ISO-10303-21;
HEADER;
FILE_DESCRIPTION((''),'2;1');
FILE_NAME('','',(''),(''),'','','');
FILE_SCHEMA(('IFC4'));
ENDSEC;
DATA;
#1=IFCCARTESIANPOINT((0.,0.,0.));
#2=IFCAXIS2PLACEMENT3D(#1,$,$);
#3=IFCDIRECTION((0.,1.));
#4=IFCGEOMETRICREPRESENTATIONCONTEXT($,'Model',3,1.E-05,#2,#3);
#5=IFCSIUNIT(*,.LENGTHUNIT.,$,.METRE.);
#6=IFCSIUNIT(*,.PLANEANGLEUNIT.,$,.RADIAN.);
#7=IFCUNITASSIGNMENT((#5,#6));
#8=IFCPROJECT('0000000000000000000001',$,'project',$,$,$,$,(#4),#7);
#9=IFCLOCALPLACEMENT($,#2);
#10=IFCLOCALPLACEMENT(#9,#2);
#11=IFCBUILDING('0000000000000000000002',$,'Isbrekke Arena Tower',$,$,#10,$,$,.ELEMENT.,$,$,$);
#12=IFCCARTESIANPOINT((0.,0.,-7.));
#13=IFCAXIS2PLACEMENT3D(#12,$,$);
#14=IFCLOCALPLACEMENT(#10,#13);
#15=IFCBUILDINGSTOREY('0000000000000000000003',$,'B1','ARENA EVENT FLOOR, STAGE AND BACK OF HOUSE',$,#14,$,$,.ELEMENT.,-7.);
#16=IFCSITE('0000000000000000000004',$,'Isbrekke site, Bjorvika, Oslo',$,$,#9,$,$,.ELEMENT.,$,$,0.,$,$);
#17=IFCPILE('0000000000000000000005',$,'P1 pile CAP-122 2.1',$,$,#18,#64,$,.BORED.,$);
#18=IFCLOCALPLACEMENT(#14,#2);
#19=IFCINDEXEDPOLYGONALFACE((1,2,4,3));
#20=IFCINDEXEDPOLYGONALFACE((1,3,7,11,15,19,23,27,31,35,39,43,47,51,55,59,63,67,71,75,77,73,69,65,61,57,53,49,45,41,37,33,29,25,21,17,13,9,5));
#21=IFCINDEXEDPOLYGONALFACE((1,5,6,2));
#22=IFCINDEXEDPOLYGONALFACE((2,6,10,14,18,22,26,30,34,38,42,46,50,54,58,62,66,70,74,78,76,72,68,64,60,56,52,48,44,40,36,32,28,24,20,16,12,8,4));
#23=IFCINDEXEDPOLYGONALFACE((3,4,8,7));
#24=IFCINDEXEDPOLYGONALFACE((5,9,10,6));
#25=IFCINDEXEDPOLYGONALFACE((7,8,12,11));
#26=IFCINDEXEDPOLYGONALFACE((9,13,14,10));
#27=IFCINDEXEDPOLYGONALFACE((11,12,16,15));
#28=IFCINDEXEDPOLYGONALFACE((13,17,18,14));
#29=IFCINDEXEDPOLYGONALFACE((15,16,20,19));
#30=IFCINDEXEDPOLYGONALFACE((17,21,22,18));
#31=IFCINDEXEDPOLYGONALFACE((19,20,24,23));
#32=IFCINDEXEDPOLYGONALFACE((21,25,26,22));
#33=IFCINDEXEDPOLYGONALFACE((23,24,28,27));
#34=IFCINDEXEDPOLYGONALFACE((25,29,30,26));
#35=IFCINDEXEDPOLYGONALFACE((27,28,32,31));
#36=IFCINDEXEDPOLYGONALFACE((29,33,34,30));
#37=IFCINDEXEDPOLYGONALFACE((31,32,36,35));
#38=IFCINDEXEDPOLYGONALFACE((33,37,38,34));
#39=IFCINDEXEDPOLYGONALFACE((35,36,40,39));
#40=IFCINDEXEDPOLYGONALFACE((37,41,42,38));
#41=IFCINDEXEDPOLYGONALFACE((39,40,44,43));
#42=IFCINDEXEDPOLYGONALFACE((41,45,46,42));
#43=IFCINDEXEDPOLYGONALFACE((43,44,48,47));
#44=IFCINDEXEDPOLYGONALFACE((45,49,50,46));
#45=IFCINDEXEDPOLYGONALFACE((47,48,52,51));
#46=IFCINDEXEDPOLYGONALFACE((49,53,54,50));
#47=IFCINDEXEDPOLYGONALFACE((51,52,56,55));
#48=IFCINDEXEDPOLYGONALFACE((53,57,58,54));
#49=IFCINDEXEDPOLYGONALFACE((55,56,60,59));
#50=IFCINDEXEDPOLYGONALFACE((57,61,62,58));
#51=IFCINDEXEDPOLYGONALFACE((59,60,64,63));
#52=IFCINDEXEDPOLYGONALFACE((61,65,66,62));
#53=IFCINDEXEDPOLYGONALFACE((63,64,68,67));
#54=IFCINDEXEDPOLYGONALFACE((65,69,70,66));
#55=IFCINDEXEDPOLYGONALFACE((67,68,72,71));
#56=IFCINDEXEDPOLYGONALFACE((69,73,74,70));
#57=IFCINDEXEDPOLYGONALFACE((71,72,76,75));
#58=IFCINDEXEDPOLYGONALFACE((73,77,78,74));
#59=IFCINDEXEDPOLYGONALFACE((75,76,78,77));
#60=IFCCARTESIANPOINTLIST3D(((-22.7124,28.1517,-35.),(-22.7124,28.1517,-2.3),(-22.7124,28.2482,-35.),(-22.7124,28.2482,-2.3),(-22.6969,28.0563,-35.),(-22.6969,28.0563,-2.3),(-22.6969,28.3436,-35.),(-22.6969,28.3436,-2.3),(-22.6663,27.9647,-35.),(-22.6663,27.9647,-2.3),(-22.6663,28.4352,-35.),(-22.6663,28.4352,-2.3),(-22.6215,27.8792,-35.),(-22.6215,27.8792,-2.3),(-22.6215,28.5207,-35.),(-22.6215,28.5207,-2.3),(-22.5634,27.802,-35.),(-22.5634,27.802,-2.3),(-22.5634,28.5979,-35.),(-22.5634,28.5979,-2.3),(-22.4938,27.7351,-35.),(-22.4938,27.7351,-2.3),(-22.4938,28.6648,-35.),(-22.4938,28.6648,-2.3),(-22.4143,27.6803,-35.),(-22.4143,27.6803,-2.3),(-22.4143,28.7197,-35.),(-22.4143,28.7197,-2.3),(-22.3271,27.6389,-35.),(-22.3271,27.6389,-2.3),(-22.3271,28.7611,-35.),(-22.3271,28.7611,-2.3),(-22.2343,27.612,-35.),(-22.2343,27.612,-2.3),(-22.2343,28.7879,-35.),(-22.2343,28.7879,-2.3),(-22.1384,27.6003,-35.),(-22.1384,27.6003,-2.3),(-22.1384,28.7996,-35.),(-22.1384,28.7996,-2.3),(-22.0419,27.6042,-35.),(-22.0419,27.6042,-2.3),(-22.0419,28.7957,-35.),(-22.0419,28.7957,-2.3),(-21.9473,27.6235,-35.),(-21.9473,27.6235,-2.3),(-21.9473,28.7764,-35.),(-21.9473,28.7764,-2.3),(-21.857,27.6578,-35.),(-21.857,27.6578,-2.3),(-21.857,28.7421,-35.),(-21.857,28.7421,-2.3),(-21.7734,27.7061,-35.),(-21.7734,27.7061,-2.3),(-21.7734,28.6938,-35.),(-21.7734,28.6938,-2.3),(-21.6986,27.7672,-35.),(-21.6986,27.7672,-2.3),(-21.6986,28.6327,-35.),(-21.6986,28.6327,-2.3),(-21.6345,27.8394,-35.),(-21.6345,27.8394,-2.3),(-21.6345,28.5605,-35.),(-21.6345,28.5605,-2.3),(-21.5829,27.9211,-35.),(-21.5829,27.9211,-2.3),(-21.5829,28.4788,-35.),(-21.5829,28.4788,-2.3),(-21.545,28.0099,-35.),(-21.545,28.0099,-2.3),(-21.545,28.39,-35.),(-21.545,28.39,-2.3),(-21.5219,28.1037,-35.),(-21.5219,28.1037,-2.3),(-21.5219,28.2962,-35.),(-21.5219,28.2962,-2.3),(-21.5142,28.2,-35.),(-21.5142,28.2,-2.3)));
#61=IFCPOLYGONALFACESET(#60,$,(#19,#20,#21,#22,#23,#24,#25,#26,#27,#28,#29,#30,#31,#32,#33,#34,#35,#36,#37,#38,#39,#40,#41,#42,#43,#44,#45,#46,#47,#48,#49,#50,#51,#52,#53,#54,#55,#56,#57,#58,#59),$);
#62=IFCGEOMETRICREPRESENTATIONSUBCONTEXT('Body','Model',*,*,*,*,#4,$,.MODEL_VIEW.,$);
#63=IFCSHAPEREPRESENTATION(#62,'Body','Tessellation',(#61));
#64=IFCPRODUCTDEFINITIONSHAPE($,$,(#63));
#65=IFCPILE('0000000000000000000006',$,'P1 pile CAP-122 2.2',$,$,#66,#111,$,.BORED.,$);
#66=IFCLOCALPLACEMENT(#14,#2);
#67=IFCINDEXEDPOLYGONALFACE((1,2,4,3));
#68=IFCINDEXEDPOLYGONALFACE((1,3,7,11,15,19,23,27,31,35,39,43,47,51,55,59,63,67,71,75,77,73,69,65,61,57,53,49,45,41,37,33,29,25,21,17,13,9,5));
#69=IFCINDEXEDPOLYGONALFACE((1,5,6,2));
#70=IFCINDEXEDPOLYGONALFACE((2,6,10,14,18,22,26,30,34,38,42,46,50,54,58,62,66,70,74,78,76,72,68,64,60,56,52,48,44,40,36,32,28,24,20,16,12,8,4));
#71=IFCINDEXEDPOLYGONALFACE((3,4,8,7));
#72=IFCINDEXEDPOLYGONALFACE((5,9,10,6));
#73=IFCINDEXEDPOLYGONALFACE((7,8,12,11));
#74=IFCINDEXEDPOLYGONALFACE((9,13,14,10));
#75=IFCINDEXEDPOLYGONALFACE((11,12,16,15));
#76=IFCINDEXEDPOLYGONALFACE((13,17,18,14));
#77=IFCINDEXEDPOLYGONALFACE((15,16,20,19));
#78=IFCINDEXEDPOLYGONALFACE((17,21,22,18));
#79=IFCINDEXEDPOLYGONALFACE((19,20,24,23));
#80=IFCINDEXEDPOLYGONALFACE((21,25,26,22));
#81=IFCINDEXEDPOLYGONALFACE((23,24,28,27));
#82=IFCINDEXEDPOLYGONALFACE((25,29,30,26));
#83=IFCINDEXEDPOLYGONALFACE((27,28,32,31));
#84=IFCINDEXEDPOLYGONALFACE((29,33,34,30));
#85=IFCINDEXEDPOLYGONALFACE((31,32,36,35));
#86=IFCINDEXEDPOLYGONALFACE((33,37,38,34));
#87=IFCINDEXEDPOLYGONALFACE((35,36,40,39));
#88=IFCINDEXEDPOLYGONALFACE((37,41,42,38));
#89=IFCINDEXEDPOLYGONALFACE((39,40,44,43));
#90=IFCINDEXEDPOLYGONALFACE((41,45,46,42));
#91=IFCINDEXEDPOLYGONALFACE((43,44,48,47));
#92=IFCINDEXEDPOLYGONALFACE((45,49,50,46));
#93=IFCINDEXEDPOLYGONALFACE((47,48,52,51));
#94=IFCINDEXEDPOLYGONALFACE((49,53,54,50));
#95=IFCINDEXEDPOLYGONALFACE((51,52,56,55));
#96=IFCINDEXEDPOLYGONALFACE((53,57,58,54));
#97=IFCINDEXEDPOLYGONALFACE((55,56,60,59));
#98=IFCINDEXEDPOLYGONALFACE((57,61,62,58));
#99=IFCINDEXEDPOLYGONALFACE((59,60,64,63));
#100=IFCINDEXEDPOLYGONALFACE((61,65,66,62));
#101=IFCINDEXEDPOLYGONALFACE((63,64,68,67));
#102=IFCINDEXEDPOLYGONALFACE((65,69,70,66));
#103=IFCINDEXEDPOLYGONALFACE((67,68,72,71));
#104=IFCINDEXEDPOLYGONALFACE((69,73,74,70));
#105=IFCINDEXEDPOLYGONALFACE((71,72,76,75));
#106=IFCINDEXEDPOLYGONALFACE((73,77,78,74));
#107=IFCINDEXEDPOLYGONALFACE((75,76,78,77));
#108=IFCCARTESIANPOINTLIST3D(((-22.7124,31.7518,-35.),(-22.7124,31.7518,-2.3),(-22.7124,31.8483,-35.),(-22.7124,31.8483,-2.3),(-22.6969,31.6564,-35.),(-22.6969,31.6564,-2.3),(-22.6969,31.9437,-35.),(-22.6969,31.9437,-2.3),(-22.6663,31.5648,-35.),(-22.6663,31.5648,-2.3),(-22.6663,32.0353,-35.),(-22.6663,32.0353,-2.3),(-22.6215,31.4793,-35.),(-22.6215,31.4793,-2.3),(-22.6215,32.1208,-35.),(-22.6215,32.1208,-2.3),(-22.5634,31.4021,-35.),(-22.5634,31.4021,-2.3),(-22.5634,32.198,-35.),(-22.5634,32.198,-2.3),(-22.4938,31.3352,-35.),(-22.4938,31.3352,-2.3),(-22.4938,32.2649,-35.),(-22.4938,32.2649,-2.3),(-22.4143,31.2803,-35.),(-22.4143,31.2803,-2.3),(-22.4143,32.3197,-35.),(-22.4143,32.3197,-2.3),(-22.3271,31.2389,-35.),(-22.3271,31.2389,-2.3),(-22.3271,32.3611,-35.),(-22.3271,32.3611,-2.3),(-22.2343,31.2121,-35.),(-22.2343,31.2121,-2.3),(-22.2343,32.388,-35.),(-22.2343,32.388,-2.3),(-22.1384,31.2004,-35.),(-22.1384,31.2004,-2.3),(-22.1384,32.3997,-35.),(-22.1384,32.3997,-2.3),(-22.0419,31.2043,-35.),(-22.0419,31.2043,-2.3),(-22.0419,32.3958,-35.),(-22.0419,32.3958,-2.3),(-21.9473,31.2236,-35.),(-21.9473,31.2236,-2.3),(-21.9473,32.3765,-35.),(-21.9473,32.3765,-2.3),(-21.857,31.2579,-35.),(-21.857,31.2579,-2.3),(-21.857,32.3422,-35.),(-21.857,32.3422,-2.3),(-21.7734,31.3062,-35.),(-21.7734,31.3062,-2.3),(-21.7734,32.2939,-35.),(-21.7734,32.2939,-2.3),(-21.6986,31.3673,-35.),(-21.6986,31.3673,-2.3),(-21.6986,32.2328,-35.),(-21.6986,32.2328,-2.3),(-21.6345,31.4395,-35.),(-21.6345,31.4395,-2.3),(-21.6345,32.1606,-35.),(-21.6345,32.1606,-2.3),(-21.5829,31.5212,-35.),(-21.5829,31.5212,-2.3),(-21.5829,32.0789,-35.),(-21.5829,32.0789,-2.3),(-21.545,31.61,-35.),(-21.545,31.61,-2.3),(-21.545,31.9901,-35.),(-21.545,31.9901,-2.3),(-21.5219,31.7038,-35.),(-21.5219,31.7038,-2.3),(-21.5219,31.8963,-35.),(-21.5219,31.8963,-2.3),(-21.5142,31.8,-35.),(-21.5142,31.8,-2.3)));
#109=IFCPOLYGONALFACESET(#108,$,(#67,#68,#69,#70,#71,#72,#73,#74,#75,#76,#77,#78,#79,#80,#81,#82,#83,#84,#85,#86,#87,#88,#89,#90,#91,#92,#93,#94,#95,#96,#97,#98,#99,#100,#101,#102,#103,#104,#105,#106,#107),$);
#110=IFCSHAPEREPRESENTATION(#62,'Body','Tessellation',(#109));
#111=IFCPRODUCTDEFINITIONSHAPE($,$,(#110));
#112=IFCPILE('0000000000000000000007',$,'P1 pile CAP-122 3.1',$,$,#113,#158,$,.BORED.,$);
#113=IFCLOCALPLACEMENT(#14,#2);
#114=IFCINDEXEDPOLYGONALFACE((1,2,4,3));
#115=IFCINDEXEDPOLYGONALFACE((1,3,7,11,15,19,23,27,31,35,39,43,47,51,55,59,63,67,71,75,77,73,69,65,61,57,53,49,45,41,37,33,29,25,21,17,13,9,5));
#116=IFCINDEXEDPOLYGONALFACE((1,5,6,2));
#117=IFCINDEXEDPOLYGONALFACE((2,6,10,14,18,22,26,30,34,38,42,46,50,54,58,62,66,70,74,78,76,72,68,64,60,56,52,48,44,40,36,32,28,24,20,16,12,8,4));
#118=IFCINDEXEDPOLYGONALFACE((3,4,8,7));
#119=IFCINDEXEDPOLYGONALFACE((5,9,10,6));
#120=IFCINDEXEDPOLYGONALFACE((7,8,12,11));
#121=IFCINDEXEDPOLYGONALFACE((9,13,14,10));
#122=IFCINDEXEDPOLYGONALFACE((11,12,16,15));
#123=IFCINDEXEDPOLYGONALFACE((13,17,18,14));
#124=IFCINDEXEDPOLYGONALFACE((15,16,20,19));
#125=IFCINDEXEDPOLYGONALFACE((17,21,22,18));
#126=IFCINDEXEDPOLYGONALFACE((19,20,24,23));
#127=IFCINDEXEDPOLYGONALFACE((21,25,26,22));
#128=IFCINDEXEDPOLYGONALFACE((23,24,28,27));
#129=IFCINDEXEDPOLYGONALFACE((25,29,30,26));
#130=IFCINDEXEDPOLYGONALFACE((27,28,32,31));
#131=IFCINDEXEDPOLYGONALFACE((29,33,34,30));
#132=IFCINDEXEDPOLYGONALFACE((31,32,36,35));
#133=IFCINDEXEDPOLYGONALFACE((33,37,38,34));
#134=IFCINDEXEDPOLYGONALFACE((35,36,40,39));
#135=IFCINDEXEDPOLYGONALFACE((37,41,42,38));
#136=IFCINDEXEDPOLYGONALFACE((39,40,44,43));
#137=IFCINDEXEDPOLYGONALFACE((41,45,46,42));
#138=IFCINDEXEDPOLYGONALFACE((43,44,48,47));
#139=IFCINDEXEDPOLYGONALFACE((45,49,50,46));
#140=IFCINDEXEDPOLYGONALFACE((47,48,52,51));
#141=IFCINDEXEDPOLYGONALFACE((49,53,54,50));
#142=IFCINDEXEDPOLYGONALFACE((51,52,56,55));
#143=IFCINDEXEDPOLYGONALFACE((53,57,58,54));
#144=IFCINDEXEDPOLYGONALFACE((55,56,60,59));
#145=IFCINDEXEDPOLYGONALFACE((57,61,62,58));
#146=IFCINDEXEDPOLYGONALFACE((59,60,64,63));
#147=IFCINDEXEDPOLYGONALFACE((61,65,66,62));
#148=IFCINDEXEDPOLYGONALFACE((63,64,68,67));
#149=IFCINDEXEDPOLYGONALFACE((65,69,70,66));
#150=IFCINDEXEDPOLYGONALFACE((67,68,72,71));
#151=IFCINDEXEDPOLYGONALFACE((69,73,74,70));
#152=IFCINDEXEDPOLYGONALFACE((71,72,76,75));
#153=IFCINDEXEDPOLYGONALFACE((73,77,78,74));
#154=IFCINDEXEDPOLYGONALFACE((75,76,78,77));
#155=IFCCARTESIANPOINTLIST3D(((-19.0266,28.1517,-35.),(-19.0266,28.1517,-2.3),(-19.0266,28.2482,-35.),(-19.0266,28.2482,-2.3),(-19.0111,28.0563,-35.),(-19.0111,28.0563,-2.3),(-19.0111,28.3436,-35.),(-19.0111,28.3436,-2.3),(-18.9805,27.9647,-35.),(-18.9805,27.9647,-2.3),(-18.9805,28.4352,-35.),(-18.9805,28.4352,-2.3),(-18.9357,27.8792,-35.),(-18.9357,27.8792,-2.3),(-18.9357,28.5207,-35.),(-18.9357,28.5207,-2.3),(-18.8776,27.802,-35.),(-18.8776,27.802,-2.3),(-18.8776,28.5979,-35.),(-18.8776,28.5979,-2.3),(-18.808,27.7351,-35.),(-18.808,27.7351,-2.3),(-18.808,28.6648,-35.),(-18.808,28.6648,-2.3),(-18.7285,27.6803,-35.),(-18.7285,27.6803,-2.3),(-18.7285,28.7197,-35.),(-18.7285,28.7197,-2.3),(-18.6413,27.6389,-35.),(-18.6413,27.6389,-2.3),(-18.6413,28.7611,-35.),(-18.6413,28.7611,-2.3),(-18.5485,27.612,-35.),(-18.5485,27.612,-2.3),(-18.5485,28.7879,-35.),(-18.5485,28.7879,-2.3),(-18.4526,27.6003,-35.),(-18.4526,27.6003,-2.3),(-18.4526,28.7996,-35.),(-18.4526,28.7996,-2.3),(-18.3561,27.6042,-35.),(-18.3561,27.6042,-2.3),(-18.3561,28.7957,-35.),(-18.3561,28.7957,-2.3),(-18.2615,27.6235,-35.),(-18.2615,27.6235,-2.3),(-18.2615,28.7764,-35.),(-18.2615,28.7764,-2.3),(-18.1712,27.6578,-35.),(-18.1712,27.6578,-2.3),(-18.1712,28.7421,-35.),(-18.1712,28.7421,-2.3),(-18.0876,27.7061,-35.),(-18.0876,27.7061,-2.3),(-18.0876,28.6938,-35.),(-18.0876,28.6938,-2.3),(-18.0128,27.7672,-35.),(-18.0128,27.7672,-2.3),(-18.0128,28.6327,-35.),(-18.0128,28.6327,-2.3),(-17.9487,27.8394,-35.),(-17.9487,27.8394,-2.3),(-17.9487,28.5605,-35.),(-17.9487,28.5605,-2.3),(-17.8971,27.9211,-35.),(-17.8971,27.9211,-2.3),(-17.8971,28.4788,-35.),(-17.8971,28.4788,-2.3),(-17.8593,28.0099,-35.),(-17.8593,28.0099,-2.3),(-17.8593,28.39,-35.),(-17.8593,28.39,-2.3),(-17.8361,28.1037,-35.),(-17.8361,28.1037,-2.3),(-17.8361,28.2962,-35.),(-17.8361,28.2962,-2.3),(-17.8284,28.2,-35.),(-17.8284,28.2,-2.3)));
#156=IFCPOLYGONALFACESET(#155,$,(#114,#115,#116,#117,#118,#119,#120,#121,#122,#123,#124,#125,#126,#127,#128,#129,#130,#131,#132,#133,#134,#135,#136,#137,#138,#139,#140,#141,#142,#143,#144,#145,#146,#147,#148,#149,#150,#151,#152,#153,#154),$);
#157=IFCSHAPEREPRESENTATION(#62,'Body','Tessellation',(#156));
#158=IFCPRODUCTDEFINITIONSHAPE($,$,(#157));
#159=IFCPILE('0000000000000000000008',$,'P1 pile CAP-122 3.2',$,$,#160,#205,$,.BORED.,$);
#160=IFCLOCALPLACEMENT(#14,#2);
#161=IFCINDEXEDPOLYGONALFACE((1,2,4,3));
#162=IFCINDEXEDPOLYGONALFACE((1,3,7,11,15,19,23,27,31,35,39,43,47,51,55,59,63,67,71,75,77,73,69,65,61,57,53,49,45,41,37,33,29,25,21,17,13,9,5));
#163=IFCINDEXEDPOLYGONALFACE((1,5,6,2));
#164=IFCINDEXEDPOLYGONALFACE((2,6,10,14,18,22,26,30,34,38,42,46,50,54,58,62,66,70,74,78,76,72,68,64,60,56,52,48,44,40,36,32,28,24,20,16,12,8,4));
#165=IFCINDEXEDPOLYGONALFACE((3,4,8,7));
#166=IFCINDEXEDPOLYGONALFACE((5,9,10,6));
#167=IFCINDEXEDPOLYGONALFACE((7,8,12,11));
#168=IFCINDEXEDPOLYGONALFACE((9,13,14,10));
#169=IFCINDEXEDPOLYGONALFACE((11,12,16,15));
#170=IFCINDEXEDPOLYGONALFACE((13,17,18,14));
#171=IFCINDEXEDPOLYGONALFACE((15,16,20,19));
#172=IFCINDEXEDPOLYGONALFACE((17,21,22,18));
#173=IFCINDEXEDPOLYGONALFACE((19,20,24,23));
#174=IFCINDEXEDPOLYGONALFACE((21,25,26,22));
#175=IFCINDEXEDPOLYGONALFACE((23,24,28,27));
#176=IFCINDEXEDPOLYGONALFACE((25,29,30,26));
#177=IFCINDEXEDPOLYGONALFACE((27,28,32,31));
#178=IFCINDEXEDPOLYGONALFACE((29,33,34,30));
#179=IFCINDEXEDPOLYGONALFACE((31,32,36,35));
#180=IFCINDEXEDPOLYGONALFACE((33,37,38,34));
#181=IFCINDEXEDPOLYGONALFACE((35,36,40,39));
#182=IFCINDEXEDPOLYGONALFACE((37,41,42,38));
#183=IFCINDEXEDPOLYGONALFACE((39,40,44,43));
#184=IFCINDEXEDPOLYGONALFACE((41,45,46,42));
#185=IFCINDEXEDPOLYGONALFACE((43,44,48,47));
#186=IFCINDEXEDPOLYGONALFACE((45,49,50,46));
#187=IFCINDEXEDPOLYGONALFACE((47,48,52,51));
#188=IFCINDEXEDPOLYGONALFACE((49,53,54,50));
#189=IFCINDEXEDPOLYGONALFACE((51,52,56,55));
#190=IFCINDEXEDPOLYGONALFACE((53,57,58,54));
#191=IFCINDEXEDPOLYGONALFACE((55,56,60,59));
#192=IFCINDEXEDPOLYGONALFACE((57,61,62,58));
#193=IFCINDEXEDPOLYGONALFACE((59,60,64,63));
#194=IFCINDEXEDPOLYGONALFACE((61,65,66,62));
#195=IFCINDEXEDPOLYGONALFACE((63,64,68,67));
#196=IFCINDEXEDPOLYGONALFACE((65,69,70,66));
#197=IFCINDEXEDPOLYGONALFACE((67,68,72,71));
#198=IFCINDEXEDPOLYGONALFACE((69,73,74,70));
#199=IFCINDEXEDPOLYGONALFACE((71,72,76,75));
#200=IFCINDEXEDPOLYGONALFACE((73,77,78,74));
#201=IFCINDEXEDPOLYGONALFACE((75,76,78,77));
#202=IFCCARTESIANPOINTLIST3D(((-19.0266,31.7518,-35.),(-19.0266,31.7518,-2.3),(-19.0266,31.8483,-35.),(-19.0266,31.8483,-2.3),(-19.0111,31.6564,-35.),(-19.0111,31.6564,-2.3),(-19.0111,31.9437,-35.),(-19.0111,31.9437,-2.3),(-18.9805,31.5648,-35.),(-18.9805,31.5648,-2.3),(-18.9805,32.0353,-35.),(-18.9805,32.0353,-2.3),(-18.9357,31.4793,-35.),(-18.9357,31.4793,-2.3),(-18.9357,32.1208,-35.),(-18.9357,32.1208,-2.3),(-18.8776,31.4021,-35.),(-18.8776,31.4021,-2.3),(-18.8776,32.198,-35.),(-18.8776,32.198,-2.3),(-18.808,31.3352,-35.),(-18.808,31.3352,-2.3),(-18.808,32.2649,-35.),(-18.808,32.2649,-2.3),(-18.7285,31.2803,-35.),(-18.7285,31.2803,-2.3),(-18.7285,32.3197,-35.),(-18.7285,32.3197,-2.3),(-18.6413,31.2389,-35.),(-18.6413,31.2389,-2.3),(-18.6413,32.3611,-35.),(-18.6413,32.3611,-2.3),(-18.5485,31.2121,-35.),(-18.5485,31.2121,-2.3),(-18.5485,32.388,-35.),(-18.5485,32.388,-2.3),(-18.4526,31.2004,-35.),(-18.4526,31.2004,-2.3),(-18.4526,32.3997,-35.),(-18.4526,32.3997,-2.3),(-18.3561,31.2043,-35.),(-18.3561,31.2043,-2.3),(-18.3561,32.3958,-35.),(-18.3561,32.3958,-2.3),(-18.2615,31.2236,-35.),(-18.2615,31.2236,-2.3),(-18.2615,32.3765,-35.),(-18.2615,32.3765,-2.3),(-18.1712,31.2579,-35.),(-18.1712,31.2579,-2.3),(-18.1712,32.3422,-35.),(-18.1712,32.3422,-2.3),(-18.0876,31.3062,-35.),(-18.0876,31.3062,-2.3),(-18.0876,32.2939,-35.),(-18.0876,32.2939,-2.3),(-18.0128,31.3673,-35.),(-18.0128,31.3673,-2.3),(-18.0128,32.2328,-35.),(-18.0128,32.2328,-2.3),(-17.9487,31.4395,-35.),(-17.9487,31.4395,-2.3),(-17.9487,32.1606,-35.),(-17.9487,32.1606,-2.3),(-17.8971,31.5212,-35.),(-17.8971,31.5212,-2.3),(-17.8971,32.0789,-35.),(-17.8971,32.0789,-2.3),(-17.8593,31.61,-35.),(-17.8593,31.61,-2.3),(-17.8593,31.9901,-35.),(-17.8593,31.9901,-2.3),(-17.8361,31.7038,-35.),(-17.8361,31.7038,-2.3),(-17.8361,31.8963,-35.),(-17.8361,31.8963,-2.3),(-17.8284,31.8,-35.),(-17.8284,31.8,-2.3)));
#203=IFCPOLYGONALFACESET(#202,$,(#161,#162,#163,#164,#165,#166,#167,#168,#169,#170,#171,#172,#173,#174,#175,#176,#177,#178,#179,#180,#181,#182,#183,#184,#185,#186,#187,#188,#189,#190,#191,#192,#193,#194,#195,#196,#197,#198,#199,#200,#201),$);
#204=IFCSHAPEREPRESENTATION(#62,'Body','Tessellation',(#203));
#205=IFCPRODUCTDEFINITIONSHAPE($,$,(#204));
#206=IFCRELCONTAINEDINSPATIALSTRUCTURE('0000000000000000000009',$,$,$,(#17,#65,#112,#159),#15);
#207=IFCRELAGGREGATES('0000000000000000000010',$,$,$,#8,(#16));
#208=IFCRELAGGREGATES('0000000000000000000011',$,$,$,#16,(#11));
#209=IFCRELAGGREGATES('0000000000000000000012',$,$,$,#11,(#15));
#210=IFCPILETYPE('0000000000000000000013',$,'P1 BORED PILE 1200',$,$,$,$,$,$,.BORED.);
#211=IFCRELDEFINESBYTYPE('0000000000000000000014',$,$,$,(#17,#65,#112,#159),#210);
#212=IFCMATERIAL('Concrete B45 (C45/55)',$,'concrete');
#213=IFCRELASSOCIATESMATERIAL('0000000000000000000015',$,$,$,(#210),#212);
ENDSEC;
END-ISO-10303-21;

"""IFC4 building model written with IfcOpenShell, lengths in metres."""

from ifc_helpers import new_model, si_unit, direction, frame, origin, origin_2d, place, context, subcontext, project, spatial, circle, extrude, material, material_profile, profile_set, type_object, element, save


model = new_model("IFC4")

# Units and contexts
model_context = context("Model", 3, precision=1e-05, world=origin(), true_north=direction((0.0, 1.0)))
body_context = subcontext(model_context, "Body", "Model", "MODEL_VIEW")
ifc_project = project(units=[si_unit("LENGTHUNIT", "METRE"), si_unit("PLANEANGLEUNIT", "RADIAN")], contexts=[model_context])

# Site, building, storey
site_placement = place(None, origin())
site = spatial("IfcSite", under=ifc_project, at=site_placement, Name="Isbrekke site, Bjorvika, Oslo", CompositionType="ELEMENT", RefElevation=0.0)
building_placement = place(site_placement, origin())
building = spatial("IfcBuilding", under=site, at=building_placement, Name="Isbrekke Arena Tower", CompositionType="ELEMENT")
storey_placement = place(building_placement, frame((0.0, 0.0, -7.0)))
storey = spatial("IfcBuildingStorey", under=building, at=storey_placement, Name="B1", Description="ARENA EVENT FLOOR, STAGE AND BACK OF HOUSE", CompositionType="ELEMENT", Elevation=-7.0)

# Piles
ifc_material_1 = material(Name="Concrete B45 (C45/55)", Category="concrete")
ifc_material_profile_1 = material_profile(ifc_material_1, circle(Radius=0.6001, at=origin_2d()), Name="BORED PILE D1200")
ifc_profile_set_1 = profile_set([ifc_material_profile_1], Name="Concrete B45 (C45/55)")
pile_type = type_object("IfcPileType", Name="P1 BORED PILE 1200", PredefinedType="BORED", material=ifc_profile_set_1)
for number, where, z_axis, x_axis, name in (
    (1, (-22.1143, 28.2, -2.3), (0.0, 0.0, -1.0), (1.0, 0.0, 0.0), "P1 pile CAP-122 2.1"),
    (2, (-22.1143, 31.8, -2.3), (0.0, 0.0, -1.0), (1.0, 0.0, 0.0), "P1 pile CAP-122 2.2"),
    (3, (-18.4285, 28.2, -2.3), (0.0, 0.0, -1.0), (1.0, 0.0, 0.0), "P1 pile CAP-122 3.1"),
    (4, (-18.4285, 31.8, -2.3), (0.0, 0.0, -1.0), (1.0, 0.0, 0.0), "P1 pile CAP-122 3.2"),
):
    element("IfcPile", number, at=place(storey_placement, frame(where, z_axis=z_axis, x_axis=x_axis)), inside=storey, type_object=pile_type, Name=name, PredefinedType="BORED", context=body_context, shape_type="SweptSolid", body=[
        extrude(circle(Radius=0.6001, at=origin_2d()), origin(), (0.0, 0.0, 1.0), 32.7),
    ])

save(model, "model.ifc")
